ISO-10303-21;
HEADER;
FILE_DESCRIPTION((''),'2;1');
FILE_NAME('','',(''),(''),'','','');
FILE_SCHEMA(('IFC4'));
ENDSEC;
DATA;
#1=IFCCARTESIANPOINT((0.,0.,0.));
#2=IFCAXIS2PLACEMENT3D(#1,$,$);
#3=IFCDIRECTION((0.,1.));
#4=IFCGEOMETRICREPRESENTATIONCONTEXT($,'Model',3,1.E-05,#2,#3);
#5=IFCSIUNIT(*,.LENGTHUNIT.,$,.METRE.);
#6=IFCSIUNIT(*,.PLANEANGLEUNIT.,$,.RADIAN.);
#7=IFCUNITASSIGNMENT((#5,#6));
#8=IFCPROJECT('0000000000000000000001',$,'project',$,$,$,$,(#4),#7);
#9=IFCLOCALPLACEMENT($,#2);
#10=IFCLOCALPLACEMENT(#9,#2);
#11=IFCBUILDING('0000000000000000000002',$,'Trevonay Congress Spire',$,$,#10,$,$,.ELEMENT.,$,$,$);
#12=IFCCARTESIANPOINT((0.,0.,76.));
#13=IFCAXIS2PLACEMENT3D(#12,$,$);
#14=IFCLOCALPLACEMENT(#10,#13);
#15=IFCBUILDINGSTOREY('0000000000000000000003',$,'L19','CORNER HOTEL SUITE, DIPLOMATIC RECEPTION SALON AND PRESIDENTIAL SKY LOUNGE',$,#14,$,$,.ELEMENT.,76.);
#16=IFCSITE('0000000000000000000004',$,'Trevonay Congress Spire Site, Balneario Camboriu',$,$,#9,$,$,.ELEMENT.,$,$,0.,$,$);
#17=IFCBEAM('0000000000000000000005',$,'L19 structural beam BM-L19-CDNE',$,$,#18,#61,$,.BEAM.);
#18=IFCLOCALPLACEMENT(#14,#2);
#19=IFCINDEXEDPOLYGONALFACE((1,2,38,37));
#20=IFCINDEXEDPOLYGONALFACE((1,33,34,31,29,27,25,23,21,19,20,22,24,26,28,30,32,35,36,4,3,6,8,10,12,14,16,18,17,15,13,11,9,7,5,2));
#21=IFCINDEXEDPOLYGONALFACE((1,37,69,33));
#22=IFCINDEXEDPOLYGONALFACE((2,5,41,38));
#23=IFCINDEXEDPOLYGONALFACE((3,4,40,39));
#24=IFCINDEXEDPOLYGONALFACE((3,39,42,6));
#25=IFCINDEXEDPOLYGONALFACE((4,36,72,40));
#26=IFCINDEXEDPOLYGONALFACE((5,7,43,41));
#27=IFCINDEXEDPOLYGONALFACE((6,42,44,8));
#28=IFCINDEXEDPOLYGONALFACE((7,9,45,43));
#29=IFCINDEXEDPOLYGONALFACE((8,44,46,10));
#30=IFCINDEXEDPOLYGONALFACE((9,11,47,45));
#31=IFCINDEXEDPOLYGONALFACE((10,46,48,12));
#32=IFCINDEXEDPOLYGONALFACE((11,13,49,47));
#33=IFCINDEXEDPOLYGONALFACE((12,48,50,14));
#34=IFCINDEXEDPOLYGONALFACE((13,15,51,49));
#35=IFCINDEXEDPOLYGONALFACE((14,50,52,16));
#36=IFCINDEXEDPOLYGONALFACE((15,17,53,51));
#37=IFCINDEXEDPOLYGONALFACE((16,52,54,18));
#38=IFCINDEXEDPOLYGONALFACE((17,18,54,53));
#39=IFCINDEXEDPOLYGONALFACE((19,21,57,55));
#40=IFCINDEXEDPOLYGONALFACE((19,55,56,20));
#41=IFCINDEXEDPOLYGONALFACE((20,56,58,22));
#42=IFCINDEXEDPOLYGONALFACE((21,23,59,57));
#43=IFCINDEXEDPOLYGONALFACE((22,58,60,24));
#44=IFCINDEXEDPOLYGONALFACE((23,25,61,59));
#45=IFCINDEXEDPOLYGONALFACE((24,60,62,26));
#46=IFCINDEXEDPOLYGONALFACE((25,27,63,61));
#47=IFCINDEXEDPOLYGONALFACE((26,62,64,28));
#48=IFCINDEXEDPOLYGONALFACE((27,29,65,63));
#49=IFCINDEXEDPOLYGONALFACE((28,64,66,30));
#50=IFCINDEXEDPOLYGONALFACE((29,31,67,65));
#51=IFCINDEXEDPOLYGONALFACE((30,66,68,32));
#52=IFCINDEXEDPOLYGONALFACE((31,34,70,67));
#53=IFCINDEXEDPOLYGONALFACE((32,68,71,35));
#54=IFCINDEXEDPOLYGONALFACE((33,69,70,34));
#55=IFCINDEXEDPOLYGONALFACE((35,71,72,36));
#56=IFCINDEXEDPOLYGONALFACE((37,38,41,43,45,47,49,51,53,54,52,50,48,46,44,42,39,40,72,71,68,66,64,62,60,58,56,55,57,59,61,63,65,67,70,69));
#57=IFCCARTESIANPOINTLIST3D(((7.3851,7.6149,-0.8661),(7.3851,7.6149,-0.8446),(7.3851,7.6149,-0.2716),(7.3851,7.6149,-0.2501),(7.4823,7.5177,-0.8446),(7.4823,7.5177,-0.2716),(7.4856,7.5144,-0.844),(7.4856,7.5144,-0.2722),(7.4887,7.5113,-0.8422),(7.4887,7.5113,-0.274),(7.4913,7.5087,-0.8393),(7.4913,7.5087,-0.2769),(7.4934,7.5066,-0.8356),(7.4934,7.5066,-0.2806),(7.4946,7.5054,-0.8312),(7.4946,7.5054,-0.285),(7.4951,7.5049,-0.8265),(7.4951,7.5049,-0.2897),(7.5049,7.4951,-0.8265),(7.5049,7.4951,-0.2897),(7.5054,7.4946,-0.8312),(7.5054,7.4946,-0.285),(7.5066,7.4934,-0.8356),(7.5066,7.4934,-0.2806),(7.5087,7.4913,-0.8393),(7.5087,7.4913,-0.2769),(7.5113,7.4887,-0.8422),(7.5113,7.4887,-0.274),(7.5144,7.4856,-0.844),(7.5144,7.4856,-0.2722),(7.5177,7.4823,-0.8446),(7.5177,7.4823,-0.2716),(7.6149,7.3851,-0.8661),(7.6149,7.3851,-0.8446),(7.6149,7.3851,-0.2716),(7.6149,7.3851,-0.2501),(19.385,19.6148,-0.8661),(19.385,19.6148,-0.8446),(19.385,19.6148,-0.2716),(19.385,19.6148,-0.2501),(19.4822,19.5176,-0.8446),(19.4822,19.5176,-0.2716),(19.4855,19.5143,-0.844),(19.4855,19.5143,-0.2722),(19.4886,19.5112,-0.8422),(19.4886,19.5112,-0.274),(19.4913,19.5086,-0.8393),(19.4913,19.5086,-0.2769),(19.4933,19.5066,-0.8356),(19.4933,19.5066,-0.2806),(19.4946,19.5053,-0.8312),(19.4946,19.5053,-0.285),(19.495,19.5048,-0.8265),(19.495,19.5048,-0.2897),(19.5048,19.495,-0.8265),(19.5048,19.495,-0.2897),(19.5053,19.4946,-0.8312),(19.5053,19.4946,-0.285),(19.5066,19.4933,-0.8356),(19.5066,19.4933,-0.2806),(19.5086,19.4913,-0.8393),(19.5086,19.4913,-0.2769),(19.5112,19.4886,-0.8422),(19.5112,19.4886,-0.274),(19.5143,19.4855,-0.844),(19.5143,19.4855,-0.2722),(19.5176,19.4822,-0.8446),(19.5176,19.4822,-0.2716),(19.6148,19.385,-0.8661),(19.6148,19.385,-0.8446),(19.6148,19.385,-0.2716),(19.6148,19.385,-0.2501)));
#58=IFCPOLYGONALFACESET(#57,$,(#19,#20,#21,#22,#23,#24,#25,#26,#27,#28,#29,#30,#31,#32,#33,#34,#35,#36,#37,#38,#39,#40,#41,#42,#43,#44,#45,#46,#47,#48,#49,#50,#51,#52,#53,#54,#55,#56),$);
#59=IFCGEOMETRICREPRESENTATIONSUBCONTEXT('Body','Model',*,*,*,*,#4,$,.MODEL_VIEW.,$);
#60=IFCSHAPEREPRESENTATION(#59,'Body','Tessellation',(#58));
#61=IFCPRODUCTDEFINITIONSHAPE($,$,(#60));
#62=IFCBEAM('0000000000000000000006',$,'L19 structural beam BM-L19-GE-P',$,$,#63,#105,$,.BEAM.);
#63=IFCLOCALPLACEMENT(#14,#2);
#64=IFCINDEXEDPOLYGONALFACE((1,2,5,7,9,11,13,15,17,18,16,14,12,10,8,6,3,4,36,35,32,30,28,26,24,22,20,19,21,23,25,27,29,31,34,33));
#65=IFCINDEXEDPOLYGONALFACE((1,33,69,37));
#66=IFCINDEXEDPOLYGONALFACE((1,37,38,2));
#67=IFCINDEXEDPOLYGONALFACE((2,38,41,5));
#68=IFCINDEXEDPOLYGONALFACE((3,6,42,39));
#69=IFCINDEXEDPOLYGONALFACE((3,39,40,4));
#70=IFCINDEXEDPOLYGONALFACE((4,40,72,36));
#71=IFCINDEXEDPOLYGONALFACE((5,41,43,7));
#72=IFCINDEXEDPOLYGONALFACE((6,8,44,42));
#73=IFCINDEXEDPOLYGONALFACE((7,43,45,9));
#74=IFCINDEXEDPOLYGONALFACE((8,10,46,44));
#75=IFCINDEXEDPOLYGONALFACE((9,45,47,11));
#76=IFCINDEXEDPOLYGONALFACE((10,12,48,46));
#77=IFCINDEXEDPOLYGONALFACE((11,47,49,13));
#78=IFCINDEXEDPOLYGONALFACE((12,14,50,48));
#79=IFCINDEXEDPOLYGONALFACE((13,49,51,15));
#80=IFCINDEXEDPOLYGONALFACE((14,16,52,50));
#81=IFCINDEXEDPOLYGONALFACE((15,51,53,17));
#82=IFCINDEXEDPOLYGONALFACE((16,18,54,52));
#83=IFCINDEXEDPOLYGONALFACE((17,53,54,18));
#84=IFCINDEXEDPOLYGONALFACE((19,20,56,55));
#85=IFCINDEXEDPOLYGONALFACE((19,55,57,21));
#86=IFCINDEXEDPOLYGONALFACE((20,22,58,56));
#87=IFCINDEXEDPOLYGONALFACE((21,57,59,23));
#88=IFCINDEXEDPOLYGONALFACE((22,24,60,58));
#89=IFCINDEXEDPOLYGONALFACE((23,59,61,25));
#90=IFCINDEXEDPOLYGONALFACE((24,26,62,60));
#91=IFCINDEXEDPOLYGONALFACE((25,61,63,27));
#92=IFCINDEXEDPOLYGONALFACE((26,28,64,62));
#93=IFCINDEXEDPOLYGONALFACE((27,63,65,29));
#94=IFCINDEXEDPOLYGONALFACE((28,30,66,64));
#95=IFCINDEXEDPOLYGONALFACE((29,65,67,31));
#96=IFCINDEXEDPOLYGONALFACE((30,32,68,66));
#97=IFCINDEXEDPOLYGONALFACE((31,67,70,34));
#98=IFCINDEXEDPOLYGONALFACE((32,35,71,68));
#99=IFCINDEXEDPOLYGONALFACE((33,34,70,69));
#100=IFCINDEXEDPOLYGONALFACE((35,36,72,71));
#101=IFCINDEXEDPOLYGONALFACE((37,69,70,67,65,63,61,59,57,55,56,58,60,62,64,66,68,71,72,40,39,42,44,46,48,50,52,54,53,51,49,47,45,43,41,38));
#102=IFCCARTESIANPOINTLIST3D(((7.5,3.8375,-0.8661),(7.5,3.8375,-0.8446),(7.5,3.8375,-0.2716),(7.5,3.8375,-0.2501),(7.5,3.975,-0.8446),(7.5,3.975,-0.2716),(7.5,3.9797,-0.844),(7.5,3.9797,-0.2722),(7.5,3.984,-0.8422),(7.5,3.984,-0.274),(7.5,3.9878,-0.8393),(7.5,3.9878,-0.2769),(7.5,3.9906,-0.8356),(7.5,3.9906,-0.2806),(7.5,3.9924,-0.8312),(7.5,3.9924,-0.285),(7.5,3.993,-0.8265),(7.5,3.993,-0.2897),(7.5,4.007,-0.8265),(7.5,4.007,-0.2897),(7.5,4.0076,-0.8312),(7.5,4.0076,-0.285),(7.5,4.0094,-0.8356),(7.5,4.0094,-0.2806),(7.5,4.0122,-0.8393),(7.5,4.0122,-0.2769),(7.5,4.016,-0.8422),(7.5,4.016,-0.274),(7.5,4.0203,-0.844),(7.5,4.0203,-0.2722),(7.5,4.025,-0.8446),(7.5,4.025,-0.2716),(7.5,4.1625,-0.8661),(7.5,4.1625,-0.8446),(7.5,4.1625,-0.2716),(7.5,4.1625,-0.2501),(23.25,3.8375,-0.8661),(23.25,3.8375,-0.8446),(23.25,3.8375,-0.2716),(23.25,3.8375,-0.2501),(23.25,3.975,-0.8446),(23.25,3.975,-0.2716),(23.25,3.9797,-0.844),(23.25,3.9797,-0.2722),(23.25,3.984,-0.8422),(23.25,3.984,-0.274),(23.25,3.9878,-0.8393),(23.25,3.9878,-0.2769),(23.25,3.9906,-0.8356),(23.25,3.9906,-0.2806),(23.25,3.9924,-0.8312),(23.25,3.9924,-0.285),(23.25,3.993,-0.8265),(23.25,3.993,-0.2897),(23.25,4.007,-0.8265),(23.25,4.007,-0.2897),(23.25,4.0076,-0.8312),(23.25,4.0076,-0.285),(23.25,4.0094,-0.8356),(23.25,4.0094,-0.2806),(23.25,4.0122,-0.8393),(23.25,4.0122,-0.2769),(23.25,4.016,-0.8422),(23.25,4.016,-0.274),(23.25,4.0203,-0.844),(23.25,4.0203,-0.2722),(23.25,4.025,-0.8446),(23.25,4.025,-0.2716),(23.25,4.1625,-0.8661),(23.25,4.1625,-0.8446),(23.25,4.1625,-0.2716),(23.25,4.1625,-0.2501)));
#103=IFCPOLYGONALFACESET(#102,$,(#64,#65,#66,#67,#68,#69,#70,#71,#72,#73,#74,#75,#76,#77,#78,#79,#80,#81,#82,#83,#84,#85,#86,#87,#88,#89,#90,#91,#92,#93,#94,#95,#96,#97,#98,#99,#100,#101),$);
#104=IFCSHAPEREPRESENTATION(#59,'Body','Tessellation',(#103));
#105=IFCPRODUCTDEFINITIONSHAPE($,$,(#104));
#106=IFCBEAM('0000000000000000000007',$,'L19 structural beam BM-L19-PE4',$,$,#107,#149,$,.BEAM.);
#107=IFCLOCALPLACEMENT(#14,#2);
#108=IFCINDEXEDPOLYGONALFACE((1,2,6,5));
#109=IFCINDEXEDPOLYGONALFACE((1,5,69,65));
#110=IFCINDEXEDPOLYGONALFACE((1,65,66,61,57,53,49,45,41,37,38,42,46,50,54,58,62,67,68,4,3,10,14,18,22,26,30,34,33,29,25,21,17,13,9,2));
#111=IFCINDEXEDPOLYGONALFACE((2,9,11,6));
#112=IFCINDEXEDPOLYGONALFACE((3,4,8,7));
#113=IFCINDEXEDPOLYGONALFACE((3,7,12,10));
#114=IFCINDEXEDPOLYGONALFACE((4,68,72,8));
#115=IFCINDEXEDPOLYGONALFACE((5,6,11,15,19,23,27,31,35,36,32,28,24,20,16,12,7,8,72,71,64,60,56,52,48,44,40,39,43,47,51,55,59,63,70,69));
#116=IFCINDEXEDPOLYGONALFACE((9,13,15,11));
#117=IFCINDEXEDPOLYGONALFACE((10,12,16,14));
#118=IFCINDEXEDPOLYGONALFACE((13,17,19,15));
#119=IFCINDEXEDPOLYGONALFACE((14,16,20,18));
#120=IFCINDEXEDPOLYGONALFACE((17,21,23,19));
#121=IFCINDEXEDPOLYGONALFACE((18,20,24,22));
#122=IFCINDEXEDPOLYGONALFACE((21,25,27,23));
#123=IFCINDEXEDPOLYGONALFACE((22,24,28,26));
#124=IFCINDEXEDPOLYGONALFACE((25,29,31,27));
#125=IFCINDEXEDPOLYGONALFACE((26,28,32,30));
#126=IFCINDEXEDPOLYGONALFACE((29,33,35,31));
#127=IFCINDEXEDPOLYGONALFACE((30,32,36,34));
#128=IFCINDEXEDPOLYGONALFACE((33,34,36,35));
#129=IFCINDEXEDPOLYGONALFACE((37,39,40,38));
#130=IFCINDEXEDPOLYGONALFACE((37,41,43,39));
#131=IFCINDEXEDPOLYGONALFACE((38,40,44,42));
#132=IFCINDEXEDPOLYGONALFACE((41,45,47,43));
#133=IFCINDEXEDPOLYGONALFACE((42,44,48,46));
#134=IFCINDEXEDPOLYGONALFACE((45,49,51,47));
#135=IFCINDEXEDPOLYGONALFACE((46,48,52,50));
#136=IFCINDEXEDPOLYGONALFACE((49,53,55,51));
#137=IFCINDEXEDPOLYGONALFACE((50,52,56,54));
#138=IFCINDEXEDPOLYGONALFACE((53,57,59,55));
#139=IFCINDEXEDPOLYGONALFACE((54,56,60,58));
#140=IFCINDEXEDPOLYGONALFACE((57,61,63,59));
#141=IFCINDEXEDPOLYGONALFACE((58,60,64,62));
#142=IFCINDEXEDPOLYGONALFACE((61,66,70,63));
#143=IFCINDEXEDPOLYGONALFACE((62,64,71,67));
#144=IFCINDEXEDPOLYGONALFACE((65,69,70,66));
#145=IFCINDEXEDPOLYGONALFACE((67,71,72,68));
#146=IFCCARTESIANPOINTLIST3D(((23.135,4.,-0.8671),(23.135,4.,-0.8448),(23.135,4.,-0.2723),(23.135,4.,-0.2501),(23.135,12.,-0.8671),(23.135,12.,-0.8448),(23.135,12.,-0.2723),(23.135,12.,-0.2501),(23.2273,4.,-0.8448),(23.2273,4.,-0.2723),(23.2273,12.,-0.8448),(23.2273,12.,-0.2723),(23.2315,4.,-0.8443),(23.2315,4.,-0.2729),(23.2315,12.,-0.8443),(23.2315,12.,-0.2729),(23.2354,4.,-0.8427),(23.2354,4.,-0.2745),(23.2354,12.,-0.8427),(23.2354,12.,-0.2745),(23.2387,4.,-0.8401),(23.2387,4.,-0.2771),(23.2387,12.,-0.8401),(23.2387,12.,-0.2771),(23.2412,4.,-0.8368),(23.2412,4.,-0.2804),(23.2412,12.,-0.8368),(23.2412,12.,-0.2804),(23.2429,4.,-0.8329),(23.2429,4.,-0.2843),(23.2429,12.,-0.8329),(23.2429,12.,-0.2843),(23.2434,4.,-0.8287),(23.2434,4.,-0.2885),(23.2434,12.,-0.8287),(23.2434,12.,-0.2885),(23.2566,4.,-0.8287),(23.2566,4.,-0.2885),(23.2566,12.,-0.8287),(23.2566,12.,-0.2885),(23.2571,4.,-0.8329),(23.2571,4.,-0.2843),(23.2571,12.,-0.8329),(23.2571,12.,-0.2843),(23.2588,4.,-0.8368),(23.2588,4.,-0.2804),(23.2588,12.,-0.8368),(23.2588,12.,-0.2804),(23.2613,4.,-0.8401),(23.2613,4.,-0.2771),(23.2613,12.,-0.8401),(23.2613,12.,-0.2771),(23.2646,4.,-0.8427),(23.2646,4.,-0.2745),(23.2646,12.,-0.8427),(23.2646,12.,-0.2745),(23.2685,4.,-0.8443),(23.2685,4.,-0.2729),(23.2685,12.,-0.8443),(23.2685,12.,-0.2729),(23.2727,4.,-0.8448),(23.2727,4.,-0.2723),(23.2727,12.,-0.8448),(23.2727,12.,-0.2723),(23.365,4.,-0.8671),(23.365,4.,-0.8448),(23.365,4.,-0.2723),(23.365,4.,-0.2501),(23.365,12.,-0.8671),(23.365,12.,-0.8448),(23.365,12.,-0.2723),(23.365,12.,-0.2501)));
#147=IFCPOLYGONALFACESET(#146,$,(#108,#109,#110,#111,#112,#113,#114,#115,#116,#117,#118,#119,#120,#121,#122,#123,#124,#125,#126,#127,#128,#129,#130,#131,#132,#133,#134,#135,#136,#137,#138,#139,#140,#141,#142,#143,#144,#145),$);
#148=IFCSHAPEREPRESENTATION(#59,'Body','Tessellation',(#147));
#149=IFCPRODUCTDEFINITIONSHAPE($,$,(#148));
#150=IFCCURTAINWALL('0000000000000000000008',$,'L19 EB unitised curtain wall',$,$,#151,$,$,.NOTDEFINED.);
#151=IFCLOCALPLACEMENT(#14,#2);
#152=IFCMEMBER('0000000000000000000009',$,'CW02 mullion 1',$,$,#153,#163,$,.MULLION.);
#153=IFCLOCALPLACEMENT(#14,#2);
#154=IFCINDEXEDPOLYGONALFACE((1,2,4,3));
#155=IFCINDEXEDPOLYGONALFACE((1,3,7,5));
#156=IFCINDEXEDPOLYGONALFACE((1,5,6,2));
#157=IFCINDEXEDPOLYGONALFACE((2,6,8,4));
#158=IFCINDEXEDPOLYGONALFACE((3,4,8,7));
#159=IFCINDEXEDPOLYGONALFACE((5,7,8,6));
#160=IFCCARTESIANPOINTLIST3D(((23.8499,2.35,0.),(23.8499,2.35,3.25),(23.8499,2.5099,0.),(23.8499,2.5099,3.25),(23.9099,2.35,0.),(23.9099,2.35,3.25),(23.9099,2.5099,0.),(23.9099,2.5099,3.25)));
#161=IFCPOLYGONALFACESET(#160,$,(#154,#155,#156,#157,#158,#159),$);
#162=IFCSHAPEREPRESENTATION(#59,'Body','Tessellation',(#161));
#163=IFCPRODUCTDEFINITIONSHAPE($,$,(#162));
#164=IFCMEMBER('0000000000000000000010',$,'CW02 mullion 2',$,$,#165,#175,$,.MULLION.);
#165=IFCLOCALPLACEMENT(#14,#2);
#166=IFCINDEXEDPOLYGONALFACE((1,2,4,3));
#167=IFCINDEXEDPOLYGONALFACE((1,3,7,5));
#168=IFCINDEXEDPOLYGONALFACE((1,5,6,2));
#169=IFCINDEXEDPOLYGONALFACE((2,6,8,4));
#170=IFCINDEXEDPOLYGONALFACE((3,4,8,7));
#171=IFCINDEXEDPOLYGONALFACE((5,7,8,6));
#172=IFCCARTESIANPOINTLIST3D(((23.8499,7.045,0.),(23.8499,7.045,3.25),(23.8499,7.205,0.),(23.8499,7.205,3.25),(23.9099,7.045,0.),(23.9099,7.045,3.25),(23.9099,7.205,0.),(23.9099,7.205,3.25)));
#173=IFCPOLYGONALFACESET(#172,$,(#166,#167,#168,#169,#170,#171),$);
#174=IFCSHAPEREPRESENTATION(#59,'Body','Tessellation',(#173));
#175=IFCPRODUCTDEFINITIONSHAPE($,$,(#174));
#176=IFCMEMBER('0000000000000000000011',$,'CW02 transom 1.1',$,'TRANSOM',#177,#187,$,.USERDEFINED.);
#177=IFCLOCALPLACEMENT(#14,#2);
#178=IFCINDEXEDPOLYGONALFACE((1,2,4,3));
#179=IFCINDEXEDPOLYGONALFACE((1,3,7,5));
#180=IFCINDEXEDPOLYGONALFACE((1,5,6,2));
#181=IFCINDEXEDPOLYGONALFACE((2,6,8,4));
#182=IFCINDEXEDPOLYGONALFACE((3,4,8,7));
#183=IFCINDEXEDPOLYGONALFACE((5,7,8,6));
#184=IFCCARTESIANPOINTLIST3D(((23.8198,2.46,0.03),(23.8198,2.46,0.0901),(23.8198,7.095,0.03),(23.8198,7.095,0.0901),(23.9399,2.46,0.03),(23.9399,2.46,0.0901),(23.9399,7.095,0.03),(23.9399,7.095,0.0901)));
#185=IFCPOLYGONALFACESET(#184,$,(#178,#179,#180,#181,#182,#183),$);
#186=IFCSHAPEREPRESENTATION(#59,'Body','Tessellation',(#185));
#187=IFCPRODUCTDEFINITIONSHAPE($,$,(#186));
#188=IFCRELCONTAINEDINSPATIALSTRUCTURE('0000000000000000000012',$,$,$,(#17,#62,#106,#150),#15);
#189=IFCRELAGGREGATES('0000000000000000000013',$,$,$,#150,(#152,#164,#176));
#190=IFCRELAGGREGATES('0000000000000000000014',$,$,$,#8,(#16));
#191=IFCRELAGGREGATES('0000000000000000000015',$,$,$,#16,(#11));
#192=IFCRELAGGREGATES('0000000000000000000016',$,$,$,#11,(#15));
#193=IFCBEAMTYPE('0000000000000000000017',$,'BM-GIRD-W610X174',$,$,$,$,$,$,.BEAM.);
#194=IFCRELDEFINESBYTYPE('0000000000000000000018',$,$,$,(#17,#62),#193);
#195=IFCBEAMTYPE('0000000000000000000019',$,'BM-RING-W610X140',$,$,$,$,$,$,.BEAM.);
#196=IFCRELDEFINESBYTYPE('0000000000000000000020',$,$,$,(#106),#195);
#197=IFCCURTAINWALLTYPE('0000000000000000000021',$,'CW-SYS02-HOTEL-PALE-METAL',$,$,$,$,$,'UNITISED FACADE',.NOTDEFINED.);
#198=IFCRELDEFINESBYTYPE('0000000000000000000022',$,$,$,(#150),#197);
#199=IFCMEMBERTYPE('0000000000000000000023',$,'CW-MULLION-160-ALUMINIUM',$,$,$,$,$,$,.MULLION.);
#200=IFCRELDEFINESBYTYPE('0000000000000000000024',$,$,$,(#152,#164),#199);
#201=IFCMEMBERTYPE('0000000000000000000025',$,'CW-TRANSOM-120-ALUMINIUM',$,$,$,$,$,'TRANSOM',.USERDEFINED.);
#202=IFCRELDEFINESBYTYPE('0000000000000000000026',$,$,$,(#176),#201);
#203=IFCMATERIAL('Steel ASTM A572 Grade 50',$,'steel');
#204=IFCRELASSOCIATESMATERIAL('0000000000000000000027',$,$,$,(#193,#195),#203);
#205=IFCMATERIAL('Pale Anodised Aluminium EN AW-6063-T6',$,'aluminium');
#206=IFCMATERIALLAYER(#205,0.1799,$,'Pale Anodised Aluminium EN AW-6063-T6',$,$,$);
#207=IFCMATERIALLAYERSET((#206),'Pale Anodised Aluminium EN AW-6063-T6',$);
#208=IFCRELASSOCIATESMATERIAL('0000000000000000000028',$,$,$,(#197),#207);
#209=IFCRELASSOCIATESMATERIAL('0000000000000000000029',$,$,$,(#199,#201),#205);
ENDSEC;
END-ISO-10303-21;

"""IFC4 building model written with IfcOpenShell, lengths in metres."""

from ifc_helpers import new_model, si_unit, direction, frame, origin, origin_2d, place, context, subcontext, project, spatial, rectangle, i_section, extrude, material, layer, layer_set, material_profile, profile_set, type_object, element, aggregate, save


model = new_model("IFC4")

# Units and contexts
model_context = context("Model", 3, precision=1e-05, world=origin(), true_north=direction((0.0, 1.0)))
body_context = subcontext(model_context, "Body", "Model", "MODEL_VIEW")
ifc_project = project(units=[si_unit("LENGTHUNIT", "METRE"), si_unit("PLANEANGLEUNIT", "RADIAN")], contexts=[model_context])

# Site, building, storey
site_placement = place(None, origin())
site = spatial("IfcSite", under=ifc_project, at=site_placement, Name="Trevonay Congress Spire Site, Balneario Camboriu", CompositionType="ELEMENT", RefElevation=0.0)
building_placement = place(site_placement, origin())
building = spatial("IfcBuilding", under=site, at=building_placement, Name="Trevonay Congress Spire", CompositionType="ELEMENT")
storey_placement = place(building_placement, frame((0.0, 0.0, 76.0)))
storey = spatial("IfcBuildingStorey", under=building, at=storey_placement, Name="L19", Description="CORNER HOTEL SUITE, DIPLOMATIC RECEPTION SALON AND PRESIDENTIAL SKY LOUNGE", CompositionType="ELEMENT", Elevation=76.0)

# Shared definitions
ifc_material_1 = material(Name="Steel ASTM A572 Grade 50", Category="steel")

# Beams
ifc_material_profile_1 = material_profile(ifc_material_1, i_section(OverallWidth=0.325, OverallDepth=0.616, WebThickness=0.0139, FlangeThickness=0.0215, FilletRadius=0.0181, at=origin_2d()), Name="W610x174")
ifc_profile_set_1 = profile_set([ifc_material_profile_1], Name="Steel ASTM A572 Grade 50")
beam_type_1 = type_object("IfcBeamType", Name="BM-GIRD-W610X174", PredefinedType="BEAM", material=ifc_profile_set_1)
beam_1_placement = place(storey_placement, frame((7.5, 7.5, -0.5581), z_axis=(0.707107, 0.707107, 0.0), x_axis=(-0.707107, 0.707107, 0.0)))
element("IfcBeam", 1, at=beam_1_placement, inside=storey, type_object=beam_type_1, Name="L19 structural beam BM-L19-CDNE", PredefinedType="BEAM", context=body_context, shape_type="SweptSolid", body=[
    extrude(i_section(OverallWidth=0.325, OverallDepth=0.616, WebThickness=0.0139, FlangeThickness=0.0215, FilletRadius=0.0181, at=origin_2d()), origin(), (0.0, 0.0, 1.0), 16.9705),
])
beam_2_placement = place(storey_placement, frame((7.5, 4.0, -0.5581), z_axis=(1.0, 0.0, 0.0), x_axis=(0.0, 1.0, 0.0)))
element("IfcBeam", 2, at=beam_2_placement, inside=storey, type_object=beam_type_1, Name="L19 structural beam BM-L19-GE-P", PredefinedType="BEAM", context=body_context, shape_type="SweptSolid", body=[
    extrude(i_section(OverallWidth=0.325, OverallDepth=0.616, WebThickness=0.0139, FlangeThickness=0.0215, FilletRadius=0.0181, at=origin_2d()), origin(), (0.0, 0.0, 1.0), 15.75),
])
ifc_material_profile_2 = material_profile(ifc_material_1, i_section(OverallWidth=0.23, OverallDepth=0.6169, WebThickness=0.0132, FlangeThickness=0.0222, FilletRadius=0.0161, at=origin_2d()), Name="W610x140")
ifc_profile_set_2 = profile_set([ifc_material_profile_2], Name="Steel ASTM A572 Grade 50")
beam_type_2 = type_object("IfcBeamType", Name="BM-RING-W610X140", PredefinedType="BEAM", material=ifc_profile_set_2)
beam_3_placement = place(storey_placement, frame((23.25, 4.0, -0.5586), z_axis=(0.0, 1.0, 0.0), x_axis=(-1.0, 0.0, 0.0)))
element("IfcBeam", 3, at=beam_3_placement, inside=storey, type_object=beam_type_2, Name="L19 structural beam BM-L19-PE4", PredefinedType="BEAM", context=body_context, shape_type="SweptSolid", body=[
    extrude(i_section(OverallWidth=0.23, OverallDepth=0.6169, WebThickness=0.0132, FlangeThickness=0.0222, FilletRadius=0.0161, at=origin_2d()), origin(), (0.0, 0.0, 1.0), 8.0),
])

# Curtain wall, members
ifc_material_2 = material(Name="Pale Anodised Aluminium EN AW-6063-T6", Category="aluminium")
ifc_layer_1 = layer(ifc_material_2, 0.1799, Name="Pale Anodised Aluminium EN AW-6063-T6")
ifc_layer_set_1 = layer_set([ifc_layer_1], Name="Pale Anodised Aluminium EN AW-6063-T6")
curtain_wall_type = type_object("IfcCurtainWallType", Name="CW-SYS02-HOTEL-PALE-METAL", ElementType="UNITISED FACADE", PredefinedType="NOTDEFINED", material=ifc_layer_set_1)
curtain_wall_placement = place(storey_placement, origin())
curtain_wall = element("IfcCurtainWall", 4, at=curtain_wall_placement, inside=storey, type_object=curtain_wall_type, Name="L19 EB unitised curtain wall", PredefinedType="NOTDEFINED")
ifc_material_profile_3 = material_profile(ifc_material_2, rectangle(XDim=0.0601, YDim=0.1599, at=origin_2d()), Name="CW-MULLION-160-ALUMINIUM")
ifc_profile_set_3 = profile_set([ifc_material_profile_3], Name="Pale Anodised Aluminium EN AW-6063-T6")
member_type_1 = type_object("IfcMemberType", Name="CW-MULLION-160-ALUMINIUM", PredefinedType="MULLION", material=ifc_profile_set_3)
member_1_placement = place(storey_placement, frame((23.8799, 2.4299, 0.0), z_axis=(0.0, 0.0, 1.0), x_axis=(-1.0, 0.0, 0.0)))
member_1 = element("IfcMember", 5, at=member_1_placement, type_object=member_type_1, Name="CW02 mullion 1", PredefinedType="MULLION", context=body_context, shape_type="SweptSolid", body=[
    extrude(rectangle(XDim=0.0601, YDim=0.1599, at=origin_2d()), origin(), (0.0, 0.0, 1.0), 3.25),
])
member_2_placement = place(storey_placement, frame((23.8799, 7.125, 0.0), z_axis=(0.0, 0.0, 1.0), x_axis=(-1.0, 0.0, 0.0)))
member_2 = element("IfcMember", 6, at=member_2_placement, type_object=member_type_1, Name="CW02 mullion 2", PredefinedType="MULLION", context=body_context, shape_type="SweptSolid", body=[
    extrude(rectangle(XDim=0.0601, YDim=0.1599, at=origin_2d()), origin(), (0.0, 0.0, 1.0), 3.25),
])
ifc_material_profile_4 = material_profile(ifc_material_2, rectangle(XDim=0.1201, YDim=0.0601, at=origin_2d()), Name="CW-TRANSOM-120-ALUMINIUM")
ifc_profile_set_4 = profile_set([ifc_material_profile_4], Name="Pale Anodised Aluminium EN AW-6063-T6")
member_type_2 = type_object("IfcMemberType", Name="CW-TRANSOM-120-ALUMINIUM", ElementType="TRANSOM", PredefinedType="USERDEFINED", material=ifc_profile_set_4)
member_3_placement = place(storey_placement, frame((23.8799, 2.46, 0.0601), z_axis=(0.0, 1.0, 0.0), x_axis=(-1.0, 0.0, 0.0)))
member_3 = element("IfcMember", 7, at=member_3_placement, type_object=member_type_2, Name="CW02 transom 1.1", ObjectType="TRANSOM", PredefinedType="USERDEFINED", context=body_context, shape_type="SweptSolid", body=[
    extrude(rectangle(XDim=0.1201, YDim=0.0601, at=origin_2d()), origin(), (0.0, 0.0, 1.0), 4.635),
])
aggregate(curtain_wall, [member_1, member_2, member_3])

save(model, "model.ifc")
